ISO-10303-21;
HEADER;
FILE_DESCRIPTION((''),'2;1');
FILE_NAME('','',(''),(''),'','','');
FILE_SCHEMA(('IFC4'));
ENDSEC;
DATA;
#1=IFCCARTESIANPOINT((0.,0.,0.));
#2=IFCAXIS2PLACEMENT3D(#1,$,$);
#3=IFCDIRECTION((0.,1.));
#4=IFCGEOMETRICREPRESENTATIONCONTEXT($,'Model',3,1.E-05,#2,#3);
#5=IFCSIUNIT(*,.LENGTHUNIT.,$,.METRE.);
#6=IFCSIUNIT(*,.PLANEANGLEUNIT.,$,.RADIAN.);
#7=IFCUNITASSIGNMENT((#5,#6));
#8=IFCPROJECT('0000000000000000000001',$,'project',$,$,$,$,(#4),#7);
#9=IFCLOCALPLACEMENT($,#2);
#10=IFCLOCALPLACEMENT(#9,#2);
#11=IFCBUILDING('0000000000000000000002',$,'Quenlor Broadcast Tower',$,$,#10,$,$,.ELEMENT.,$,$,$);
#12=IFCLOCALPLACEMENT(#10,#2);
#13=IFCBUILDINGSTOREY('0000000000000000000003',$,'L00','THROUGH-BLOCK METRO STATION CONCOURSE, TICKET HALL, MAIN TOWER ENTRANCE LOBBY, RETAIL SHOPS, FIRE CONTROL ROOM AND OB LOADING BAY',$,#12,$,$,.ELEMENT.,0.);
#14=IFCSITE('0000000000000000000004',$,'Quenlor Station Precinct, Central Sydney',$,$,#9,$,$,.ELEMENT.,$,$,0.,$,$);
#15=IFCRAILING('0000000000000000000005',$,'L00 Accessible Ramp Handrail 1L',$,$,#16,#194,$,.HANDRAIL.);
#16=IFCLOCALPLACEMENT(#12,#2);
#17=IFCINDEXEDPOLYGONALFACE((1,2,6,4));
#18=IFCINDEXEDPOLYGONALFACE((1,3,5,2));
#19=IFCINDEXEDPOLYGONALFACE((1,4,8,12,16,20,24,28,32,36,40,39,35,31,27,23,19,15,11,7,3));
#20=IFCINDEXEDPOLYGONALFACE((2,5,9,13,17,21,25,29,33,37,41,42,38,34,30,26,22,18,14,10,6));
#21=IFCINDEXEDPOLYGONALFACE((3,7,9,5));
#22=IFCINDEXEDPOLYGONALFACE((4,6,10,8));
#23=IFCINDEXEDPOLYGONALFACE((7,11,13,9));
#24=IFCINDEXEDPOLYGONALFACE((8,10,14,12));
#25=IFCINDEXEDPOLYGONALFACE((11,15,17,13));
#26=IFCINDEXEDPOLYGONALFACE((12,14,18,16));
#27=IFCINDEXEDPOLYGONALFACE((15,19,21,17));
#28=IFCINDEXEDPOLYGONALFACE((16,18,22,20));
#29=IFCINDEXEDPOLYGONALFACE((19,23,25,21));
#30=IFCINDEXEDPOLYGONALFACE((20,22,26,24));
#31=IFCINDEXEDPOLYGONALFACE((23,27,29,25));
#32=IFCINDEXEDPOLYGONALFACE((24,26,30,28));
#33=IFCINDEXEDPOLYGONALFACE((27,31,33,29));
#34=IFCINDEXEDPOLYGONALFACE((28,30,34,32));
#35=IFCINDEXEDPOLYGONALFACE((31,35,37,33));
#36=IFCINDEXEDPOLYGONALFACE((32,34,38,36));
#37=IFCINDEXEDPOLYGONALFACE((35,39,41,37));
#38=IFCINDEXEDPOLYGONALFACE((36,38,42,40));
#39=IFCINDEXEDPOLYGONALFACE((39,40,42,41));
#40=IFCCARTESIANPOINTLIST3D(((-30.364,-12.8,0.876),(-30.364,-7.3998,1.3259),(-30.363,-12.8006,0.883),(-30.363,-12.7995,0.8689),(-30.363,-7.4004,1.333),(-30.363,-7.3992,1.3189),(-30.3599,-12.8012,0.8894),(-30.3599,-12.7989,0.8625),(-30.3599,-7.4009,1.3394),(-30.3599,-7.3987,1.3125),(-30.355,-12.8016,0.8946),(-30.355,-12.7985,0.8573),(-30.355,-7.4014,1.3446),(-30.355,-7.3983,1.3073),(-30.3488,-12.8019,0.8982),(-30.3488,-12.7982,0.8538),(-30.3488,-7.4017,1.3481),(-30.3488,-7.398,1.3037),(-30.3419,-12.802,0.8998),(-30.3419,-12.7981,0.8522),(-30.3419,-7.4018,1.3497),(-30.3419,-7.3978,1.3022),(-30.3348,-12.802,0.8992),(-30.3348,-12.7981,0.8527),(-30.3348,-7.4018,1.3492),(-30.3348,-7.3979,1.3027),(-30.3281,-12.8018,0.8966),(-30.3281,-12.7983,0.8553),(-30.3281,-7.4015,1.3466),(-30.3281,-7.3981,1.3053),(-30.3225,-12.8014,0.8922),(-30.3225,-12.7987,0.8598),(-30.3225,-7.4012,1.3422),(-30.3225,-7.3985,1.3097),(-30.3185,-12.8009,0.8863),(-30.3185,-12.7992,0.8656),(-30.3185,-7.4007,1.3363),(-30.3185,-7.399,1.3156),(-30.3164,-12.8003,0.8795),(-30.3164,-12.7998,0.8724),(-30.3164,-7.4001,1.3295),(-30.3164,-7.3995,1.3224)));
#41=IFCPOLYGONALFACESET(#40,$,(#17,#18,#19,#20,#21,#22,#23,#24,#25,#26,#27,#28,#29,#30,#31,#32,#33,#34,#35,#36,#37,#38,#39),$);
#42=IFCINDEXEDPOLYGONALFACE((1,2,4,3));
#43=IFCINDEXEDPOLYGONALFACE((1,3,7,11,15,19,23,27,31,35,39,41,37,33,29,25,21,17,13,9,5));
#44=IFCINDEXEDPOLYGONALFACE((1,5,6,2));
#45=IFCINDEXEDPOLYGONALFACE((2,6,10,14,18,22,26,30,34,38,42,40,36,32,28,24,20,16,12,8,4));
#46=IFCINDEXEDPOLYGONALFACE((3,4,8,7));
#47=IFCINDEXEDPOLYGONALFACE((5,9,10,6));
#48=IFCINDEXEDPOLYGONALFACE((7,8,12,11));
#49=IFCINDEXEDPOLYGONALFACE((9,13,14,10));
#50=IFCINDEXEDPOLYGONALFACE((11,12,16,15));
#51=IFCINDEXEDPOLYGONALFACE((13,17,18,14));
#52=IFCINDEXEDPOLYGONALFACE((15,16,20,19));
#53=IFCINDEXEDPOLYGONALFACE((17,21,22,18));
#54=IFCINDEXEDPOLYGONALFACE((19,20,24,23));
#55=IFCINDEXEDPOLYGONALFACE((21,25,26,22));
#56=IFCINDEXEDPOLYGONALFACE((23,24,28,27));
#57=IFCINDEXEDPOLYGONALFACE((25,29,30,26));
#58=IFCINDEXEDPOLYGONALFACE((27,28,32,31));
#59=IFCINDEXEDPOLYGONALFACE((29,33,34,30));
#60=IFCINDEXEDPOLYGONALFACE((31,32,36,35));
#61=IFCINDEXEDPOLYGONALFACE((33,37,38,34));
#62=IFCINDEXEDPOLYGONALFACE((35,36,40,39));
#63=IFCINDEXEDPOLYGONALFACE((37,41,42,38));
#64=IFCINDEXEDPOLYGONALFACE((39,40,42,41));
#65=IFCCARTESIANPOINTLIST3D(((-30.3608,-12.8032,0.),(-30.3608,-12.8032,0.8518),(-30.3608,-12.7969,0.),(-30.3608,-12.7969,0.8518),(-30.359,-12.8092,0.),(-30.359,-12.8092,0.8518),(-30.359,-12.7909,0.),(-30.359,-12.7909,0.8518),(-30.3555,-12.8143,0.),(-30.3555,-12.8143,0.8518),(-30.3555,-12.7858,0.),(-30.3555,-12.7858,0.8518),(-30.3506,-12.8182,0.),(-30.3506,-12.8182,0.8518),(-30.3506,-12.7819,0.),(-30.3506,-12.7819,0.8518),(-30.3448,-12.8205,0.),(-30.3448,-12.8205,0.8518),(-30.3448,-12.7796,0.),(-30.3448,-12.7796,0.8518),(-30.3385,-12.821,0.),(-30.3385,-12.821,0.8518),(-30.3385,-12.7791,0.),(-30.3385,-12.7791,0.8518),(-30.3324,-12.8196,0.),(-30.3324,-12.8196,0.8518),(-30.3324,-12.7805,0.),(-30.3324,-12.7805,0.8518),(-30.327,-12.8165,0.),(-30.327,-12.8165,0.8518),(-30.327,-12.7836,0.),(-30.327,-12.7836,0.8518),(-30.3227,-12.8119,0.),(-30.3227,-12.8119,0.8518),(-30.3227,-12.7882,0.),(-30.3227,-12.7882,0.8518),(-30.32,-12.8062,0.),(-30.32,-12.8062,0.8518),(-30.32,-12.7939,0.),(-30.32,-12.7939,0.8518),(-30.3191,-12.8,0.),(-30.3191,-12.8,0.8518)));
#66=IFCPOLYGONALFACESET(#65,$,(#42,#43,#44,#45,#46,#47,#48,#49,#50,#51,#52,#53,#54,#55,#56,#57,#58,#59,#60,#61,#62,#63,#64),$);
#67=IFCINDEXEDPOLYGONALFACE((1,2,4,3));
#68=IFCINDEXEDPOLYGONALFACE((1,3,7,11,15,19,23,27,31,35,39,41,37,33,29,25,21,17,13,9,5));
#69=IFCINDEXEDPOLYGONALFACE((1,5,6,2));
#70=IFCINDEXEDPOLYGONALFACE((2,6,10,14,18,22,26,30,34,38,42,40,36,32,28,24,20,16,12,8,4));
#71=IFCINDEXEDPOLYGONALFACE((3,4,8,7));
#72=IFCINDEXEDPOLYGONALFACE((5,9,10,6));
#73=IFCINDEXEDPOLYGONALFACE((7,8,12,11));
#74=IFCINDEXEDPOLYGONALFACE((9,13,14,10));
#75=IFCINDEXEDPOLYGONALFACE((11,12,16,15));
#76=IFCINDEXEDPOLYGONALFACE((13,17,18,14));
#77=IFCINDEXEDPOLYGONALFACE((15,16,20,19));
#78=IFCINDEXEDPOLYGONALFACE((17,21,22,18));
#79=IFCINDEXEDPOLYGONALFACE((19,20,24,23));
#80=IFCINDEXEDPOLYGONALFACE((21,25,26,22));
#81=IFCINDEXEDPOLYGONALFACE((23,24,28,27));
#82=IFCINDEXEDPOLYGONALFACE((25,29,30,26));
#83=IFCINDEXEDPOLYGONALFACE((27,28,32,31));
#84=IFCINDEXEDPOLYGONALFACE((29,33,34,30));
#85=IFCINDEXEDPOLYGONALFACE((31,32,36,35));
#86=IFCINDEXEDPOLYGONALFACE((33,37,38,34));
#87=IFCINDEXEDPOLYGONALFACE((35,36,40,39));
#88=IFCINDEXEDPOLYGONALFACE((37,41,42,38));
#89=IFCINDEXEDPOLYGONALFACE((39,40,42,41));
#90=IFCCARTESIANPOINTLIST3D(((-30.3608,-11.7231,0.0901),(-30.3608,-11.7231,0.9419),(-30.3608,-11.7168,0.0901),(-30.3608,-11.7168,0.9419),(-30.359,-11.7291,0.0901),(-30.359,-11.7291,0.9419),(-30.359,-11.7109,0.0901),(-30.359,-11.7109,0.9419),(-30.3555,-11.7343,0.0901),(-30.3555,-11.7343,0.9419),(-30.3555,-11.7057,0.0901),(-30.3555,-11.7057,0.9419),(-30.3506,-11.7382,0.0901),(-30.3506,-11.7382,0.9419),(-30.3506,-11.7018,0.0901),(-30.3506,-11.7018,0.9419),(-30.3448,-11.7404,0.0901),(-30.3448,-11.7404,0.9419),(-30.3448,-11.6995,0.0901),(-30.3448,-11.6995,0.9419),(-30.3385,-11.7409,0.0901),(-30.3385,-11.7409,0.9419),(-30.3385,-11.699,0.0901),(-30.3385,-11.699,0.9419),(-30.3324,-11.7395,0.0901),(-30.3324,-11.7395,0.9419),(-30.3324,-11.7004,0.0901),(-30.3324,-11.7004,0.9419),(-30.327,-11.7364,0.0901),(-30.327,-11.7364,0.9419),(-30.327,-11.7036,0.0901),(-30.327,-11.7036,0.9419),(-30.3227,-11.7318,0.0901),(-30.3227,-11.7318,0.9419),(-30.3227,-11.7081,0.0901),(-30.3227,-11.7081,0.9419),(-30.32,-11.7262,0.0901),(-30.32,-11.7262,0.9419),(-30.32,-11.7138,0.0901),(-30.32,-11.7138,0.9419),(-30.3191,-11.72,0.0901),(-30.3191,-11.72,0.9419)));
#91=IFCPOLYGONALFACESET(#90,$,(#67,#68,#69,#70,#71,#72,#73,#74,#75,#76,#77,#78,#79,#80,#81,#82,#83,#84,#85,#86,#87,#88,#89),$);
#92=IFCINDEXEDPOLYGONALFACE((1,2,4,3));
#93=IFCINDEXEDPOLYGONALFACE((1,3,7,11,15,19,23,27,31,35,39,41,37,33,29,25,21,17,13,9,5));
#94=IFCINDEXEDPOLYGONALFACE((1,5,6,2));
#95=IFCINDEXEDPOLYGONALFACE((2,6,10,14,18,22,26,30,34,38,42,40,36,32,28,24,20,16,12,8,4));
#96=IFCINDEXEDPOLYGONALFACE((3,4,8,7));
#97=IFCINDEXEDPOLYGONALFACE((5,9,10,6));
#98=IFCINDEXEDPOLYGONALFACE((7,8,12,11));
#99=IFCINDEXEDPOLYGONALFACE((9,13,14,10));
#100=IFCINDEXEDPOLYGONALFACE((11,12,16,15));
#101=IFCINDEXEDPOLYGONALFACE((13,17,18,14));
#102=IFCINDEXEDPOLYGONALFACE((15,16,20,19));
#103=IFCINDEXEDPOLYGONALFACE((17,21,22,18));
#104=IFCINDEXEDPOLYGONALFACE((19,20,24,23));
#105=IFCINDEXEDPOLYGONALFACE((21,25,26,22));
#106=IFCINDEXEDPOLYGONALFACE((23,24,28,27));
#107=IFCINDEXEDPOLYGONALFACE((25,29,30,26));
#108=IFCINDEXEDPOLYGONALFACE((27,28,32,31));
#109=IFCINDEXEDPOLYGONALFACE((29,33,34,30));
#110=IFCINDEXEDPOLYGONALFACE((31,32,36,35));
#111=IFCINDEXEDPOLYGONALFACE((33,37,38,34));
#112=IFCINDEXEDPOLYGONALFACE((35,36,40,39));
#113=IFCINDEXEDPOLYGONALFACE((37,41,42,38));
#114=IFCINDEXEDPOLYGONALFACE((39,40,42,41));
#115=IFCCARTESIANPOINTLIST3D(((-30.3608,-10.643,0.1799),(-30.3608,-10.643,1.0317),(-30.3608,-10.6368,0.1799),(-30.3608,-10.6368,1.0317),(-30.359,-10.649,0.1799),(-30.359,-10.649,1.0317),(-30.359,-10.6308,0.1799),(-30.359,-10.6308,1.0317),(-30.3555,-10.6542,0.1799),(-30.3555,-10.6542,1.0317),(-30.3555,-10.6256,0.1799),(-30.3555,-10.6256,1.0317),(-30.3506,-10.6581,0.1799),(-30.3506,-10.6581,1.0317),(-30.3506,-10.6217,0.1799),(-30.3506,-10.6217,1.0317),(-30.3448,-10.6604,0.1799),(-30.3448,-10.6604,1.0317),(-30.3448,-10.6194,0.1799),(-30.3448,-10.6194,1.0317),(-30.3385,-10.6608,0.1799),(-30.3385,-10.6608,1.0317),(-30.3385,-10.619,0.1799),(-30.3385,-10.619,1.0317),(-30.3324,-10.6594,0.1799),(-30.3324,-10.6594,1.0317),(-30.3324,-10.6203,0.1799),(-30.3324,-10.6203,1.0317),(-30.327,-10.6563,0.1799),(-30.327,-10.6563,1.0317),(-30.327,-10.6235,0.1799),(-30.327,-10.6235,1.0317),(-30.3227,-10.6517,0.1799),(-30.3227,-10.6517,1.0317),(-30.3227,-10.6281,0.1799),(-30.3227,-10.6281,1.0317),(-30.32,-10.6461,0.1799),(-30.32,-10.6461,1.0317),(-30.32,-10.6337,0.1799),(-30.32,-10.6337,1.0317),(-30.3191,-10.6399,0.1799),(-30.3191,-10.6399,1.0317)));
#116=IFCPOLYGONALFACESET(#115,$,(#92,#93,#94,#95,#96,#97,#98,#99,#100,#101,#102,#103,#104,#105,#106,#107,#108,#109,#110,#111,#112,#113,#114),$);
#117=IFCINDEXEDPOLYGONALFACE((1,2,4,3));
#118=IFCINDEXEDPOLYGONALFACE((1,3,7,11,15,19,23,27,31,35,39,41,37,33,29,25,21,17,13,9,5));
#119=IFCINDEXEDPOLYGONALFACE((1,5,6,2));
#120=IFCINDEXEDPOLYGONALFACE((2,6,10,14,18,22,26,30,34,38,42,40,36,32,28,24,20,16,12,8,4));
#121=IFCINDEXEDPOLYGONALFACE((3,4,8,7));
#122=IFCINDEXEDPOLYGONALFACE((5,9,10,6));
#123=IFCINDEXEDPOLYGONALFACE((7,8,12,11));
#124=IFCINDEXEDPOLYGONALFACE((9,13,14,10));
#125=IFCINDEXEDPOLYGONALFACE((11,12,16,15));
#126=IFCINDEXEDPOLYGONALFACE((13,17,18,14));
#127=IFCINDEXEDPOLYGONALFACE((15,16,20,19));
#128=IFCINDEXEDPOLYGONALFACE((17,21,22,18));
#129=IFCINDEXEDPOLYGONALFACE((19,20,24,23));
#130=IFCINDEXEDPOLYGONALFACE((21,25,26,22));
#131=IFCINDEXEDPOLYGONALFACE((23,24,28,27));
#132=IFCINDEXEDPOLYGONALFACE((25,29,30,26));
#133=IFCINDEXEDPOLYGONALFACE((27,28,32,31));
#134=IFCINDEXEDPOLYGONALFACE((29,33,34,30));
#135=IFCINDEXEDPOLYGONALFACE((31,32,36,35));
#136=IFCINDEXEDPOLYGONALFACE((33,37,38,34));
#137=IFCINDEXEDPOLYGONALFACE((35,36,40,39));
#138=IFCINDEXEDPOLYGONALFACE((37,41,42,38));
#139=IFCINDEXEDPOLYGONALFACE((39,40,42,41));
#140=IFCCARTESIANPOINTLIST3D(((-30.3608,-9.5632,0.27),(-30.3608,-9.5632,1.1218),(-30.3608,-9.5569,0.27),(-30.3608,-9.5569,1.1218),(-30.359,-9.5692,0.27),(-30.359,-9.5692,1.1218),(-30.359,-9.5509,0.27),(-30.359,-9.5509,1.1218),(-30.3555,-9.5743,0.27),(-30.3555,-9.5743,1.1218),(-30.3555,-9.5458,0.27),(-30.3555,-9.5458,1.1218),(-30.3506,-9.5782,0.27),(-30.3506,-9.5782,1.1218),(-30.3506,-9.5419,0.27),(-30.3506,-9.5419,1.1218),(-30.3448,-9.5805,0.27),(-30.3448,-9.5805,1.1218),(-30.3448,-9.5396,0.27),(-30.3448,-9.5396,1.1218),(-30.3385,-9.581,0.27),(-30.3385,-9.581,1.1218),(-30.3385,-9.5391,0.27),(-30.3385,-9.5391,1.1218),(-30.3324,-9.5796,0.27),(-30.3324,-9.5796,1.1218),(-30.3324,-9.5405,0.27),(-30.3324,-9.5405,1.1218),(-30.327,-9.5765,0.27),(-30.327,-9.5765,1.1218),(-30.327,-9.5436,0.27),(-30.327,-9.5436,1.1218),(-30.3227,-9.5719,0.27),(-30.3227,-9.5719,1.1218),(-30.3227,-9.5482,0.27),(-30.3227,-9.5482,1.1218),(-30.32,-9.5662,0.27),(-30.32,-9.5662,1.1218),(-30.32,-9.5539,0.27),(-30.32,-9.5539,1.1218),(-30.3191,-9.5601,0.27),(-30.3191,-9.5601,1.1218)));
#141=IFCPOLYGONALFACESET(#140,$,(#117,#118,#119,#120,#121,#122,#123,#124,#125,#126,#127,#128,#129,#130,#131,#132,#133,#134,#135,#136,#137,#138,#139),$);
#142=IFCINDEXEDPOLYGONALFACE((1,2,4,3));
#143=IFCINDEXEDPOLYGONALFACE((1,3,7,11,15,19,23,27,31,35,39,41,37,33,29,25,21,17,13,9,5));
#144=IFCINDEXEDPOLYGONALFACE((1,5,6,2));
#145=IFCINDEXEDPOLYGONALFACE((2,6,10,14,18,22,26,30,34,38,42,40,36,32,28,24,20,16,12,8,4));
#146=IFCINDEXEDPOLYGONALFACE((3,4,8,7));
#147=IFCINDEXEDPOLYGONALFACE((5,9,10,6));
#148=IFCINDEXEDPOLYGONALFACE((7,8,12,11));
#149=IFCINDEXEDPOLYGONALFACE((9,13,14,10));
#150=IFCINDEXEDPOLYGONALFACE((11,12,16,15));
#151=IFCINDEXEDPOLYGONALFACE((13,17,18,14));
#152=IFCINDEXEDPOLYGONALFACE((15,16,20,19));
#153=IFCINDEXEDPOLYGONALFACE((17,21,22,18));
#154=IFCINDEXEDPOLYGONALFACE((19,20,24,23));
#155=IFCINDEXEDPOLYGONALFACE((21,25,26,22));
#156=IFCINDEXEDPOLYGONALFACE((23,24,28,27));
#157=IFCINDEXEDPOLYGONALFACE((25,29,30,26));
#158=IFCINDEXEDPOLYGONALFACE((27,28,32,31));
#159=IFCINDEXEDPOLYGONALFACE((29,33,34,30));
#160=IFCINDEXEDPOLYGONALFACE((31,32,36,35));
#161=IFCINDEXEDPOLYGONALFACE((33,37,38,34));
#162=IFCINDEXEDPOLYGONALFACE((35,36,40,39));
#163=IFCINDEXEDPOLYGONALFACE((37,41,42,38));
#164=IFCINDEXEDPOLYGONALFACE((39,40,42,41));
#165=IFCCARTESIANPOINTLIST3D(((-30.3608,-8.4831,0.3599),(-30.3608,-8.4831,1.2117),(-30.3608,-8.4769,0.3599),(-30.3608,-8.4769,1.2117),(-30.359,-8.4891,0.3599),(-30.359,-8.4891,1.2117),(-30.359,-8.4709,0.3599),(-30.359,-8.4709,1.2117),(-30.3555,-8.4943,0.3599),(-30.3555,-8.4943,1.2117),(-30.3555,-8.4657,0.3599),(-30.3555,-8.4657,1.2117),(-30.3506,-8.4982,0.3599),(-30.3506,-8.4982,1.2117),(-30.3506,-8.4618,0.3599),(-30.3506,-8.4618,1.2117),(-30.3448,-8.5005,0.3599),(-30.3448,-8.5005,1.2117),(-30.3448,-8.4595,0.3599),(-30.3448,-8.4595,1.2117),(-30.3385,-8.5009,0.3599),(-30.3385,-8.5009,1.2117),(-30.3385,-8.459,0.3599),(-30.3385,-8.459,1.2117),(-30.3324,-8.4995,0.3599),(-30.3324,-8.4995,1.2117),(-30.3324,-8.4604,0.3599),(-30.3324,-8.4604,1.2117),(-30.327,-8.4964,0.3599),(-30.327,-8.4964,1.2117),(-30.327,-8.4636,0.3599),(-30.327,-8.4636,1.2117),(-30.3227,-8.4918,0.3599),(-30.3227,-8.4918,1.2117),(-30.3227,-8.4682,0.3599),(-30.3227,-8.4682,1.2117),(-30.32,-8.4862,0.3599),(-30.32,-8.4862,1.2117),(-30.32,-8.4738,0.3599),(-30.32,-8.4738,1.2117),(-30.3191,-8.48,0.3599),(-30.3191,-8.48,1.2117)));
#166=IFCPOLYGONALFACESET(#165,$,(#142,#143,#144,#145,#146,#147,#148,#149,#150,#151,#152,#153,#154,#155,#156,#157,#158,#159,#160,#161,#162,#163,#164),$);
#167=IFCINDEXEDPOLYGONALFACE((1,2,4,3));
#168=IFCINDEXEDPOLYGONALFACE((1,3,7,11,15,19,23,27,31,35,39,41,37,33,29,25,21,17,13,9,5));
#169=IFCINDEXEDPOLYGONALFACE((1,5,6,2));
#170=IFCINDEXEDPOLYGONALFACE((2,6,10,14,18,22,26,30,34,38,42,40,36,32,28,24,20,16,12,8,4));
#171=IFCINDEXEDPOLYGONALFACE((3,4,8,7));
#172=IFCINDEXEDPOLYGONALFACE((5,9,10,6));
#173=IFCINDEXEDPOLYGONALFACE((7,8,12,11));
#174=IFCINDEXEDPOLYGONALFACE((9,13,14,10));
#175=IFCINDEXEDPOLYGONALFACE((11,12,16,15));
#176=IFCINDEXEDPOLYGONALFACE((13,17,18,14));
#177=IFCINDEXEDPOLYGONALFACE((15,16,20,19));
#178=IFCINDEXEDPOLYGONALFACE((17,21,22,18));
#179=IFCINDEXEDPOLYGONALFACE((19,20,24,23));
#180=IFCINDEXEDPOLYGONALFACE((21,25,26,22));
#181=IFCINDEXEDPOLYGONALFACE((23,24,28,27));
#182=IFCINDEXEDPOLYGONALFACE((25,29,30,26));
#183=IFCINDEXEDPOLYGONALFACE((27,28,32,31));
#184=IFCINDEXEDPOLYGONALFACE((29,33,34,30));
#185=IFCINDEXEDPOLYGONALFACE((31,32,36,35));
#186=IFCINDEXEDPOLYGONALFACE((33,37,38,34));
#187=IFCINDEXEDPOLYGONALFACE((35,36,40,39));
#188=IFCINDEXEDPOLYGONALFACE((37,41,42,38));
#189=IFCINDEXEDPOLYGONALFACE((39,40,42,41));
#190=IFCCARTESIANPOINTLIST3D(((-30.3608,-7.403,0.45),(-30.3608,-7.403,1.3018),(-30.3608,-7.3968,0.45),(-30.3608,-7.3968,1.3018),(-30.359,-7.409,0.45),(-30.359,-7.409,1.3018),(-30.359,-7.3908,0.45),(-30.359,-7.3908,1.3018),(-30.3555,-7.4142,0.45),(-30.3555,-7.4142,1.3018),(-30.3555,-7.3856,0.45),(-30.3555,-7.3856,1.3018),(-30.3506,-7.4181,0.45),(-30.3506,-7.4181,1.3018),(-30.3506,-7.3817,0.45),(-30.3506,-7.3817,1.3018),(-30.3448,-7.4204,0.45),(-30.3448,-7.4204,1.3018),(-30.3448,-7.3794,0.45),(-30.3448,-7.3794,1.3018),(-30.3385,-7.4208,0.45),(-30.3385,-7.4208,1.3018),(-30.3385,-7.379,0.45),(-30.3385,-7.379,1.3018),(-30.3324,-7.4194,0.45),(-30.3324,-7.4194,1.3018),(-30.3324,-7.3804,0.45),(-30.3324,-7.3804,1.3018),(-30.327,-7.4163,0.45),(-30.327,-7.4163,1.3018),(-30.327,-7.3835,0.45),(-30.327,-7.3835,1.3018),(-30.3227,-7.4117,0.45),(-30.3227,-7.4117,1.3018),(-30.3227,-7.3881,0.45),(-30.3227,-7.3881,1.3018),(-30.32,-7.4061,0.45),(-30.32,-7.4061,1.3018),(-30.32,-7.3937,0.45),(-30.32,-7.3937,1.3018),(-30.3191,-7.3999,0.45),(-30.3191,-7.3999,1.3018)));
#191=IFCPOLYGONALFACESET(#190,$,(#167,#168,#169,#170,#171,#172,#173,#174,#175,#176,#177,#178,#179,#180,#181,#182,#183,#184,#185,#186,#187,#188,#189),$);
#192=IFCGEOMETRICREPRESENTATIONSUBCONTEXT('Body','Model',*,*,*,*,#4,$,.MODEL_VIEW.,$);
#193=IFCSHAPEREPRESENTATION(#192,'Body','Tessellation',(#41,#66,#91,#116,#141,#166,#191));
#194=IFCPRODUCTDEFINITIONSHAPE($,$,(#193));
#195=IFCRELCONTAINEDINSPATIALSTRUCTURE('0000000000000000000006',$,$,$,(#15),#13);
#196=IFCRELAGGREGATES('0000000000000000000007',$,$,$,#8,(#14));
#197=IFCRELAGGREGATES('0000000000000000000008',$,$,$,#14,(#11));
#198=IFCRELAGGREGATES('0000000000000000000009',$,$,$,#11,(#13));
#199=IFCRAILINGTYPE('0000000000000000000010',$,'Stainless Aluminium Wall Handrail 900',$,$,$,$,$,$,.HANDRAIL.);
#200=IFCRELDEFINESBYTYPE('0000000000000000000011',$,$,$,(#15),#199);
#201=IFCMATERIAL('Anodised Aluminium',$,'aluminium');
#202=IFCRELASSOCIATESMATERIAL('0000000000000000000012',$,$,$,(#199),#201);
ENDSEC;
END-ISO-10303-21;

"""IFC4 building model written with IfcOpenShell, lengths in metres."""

from ifc_helpers import new_model, si_unit, direction, frame, origin, origin_2d, place, context, subcontext, project, spatial, circle, extrude, material, type_object, element, save


model = new_model("IFC4")

# Units and contexts
model_context = context("Model", 3, precision=1e-05, world=origin(), true_north=direction((0.0, 1.0)))
body_context = subcontext(model_context, "Body", "Model", "MODEL_VIEW")
ifc_project = project(units=[si_unit("LENGTHUNIT", "METRE"), si_unit("PLANEANGLEUNIT", "RADIAN")], contexts=[model_context])

# Site, building, storey
site_placement = place(None, origin())
site = spatial("IfcSite", under=ifc_project, at=site_placement, Name="Quenlor Station Precinct, Central Sydney", CompositionType="ELEMENT", RefElevation=0.0)
building_placement = place(site_placement, origin())
building = spatial("IfcBuilding", under=site, at=building_placement, Name="Quenlor Broadcast Tower", CompositionType="ELEMENT")
storey_placement = place(building_placement, origin())
storey = spatial("IfcBuildingStorey", under=building, at=storey_placement, Name="L00", Description="THROUGH-BLOCK METRO STATION CONCOURSE, TICKET HALL, MAIN TOWER ENTRANCE LOBBY, RETAIL SHOPS, FIRE CONTROL ROOM AND OB LOADING BAY", CompositionType="ELEMENT", Elevation=0.0)

# Railing
ifc_material_1 = material(Name="Anodised Aluminium", Category="aluminium")
railing_type = type_object("IfcRailingType", Name="Stainless Aluminium Wall Handrail 900", PredefinedType="HANDRAIL", material=ifc_material_1)
for number, where, name in (
    (1, (-30.3401, -12.8, 0.0), "L00 Accessible Ramp Handrail 1L"),
):
    element("IfcRailing", number, at=place(storey_placement, frame(where)), inside=storey, type_object=railing_type, Name=name, PredefinedType="HANDRAIL", context=body_context, shape_type="SweptSolid", body=[
        extrude(circle(Radius=0.0239, at=origin_2d()), frame((0.0, 0.0, 0.876), z_axis=(0.0, 0.996547, 0.083034), x_axis=(-1.0, 0.0, 0.0)), (0.0, 0.0, 1.0), 5.4189),
        extrude(circle(Radius=0.021, at=origin_2d()), origin(), (0.0, 0.0, 1.0), 0.8518),
        extrude(circle(Radius=0.021, at=origin_2d()), frame((0.0, 1.0801, 0.0901)), (0.0, 0.0, 1.0), 0.8518),
        extrude(circle(Radius=0.021, at=origin_2d()), frame((0.0, 2.1602, 0.1799)), (0.0, 0.0, 1.0), 0.8518),
        extrude(circle(Radius=0.021, at=origin_2d()), frame((0.0, 3.24, 0.27)), (0.0, 0.0, 1.0), 0.8518),
        extrude(circle(Radius=0.021, at=origin_2d()), frame((0.0, 4.3201, 0.3599)), (0.0, 0.0, 1.0), 0.8518),
        extrude(circle(Radius=0.021, at=origin_2d()), frame((0.0, 5.4001, 0.45)), (0.0, 0.0, 1.0), 0.8518),
    ])

save(model, "model.ifc")
